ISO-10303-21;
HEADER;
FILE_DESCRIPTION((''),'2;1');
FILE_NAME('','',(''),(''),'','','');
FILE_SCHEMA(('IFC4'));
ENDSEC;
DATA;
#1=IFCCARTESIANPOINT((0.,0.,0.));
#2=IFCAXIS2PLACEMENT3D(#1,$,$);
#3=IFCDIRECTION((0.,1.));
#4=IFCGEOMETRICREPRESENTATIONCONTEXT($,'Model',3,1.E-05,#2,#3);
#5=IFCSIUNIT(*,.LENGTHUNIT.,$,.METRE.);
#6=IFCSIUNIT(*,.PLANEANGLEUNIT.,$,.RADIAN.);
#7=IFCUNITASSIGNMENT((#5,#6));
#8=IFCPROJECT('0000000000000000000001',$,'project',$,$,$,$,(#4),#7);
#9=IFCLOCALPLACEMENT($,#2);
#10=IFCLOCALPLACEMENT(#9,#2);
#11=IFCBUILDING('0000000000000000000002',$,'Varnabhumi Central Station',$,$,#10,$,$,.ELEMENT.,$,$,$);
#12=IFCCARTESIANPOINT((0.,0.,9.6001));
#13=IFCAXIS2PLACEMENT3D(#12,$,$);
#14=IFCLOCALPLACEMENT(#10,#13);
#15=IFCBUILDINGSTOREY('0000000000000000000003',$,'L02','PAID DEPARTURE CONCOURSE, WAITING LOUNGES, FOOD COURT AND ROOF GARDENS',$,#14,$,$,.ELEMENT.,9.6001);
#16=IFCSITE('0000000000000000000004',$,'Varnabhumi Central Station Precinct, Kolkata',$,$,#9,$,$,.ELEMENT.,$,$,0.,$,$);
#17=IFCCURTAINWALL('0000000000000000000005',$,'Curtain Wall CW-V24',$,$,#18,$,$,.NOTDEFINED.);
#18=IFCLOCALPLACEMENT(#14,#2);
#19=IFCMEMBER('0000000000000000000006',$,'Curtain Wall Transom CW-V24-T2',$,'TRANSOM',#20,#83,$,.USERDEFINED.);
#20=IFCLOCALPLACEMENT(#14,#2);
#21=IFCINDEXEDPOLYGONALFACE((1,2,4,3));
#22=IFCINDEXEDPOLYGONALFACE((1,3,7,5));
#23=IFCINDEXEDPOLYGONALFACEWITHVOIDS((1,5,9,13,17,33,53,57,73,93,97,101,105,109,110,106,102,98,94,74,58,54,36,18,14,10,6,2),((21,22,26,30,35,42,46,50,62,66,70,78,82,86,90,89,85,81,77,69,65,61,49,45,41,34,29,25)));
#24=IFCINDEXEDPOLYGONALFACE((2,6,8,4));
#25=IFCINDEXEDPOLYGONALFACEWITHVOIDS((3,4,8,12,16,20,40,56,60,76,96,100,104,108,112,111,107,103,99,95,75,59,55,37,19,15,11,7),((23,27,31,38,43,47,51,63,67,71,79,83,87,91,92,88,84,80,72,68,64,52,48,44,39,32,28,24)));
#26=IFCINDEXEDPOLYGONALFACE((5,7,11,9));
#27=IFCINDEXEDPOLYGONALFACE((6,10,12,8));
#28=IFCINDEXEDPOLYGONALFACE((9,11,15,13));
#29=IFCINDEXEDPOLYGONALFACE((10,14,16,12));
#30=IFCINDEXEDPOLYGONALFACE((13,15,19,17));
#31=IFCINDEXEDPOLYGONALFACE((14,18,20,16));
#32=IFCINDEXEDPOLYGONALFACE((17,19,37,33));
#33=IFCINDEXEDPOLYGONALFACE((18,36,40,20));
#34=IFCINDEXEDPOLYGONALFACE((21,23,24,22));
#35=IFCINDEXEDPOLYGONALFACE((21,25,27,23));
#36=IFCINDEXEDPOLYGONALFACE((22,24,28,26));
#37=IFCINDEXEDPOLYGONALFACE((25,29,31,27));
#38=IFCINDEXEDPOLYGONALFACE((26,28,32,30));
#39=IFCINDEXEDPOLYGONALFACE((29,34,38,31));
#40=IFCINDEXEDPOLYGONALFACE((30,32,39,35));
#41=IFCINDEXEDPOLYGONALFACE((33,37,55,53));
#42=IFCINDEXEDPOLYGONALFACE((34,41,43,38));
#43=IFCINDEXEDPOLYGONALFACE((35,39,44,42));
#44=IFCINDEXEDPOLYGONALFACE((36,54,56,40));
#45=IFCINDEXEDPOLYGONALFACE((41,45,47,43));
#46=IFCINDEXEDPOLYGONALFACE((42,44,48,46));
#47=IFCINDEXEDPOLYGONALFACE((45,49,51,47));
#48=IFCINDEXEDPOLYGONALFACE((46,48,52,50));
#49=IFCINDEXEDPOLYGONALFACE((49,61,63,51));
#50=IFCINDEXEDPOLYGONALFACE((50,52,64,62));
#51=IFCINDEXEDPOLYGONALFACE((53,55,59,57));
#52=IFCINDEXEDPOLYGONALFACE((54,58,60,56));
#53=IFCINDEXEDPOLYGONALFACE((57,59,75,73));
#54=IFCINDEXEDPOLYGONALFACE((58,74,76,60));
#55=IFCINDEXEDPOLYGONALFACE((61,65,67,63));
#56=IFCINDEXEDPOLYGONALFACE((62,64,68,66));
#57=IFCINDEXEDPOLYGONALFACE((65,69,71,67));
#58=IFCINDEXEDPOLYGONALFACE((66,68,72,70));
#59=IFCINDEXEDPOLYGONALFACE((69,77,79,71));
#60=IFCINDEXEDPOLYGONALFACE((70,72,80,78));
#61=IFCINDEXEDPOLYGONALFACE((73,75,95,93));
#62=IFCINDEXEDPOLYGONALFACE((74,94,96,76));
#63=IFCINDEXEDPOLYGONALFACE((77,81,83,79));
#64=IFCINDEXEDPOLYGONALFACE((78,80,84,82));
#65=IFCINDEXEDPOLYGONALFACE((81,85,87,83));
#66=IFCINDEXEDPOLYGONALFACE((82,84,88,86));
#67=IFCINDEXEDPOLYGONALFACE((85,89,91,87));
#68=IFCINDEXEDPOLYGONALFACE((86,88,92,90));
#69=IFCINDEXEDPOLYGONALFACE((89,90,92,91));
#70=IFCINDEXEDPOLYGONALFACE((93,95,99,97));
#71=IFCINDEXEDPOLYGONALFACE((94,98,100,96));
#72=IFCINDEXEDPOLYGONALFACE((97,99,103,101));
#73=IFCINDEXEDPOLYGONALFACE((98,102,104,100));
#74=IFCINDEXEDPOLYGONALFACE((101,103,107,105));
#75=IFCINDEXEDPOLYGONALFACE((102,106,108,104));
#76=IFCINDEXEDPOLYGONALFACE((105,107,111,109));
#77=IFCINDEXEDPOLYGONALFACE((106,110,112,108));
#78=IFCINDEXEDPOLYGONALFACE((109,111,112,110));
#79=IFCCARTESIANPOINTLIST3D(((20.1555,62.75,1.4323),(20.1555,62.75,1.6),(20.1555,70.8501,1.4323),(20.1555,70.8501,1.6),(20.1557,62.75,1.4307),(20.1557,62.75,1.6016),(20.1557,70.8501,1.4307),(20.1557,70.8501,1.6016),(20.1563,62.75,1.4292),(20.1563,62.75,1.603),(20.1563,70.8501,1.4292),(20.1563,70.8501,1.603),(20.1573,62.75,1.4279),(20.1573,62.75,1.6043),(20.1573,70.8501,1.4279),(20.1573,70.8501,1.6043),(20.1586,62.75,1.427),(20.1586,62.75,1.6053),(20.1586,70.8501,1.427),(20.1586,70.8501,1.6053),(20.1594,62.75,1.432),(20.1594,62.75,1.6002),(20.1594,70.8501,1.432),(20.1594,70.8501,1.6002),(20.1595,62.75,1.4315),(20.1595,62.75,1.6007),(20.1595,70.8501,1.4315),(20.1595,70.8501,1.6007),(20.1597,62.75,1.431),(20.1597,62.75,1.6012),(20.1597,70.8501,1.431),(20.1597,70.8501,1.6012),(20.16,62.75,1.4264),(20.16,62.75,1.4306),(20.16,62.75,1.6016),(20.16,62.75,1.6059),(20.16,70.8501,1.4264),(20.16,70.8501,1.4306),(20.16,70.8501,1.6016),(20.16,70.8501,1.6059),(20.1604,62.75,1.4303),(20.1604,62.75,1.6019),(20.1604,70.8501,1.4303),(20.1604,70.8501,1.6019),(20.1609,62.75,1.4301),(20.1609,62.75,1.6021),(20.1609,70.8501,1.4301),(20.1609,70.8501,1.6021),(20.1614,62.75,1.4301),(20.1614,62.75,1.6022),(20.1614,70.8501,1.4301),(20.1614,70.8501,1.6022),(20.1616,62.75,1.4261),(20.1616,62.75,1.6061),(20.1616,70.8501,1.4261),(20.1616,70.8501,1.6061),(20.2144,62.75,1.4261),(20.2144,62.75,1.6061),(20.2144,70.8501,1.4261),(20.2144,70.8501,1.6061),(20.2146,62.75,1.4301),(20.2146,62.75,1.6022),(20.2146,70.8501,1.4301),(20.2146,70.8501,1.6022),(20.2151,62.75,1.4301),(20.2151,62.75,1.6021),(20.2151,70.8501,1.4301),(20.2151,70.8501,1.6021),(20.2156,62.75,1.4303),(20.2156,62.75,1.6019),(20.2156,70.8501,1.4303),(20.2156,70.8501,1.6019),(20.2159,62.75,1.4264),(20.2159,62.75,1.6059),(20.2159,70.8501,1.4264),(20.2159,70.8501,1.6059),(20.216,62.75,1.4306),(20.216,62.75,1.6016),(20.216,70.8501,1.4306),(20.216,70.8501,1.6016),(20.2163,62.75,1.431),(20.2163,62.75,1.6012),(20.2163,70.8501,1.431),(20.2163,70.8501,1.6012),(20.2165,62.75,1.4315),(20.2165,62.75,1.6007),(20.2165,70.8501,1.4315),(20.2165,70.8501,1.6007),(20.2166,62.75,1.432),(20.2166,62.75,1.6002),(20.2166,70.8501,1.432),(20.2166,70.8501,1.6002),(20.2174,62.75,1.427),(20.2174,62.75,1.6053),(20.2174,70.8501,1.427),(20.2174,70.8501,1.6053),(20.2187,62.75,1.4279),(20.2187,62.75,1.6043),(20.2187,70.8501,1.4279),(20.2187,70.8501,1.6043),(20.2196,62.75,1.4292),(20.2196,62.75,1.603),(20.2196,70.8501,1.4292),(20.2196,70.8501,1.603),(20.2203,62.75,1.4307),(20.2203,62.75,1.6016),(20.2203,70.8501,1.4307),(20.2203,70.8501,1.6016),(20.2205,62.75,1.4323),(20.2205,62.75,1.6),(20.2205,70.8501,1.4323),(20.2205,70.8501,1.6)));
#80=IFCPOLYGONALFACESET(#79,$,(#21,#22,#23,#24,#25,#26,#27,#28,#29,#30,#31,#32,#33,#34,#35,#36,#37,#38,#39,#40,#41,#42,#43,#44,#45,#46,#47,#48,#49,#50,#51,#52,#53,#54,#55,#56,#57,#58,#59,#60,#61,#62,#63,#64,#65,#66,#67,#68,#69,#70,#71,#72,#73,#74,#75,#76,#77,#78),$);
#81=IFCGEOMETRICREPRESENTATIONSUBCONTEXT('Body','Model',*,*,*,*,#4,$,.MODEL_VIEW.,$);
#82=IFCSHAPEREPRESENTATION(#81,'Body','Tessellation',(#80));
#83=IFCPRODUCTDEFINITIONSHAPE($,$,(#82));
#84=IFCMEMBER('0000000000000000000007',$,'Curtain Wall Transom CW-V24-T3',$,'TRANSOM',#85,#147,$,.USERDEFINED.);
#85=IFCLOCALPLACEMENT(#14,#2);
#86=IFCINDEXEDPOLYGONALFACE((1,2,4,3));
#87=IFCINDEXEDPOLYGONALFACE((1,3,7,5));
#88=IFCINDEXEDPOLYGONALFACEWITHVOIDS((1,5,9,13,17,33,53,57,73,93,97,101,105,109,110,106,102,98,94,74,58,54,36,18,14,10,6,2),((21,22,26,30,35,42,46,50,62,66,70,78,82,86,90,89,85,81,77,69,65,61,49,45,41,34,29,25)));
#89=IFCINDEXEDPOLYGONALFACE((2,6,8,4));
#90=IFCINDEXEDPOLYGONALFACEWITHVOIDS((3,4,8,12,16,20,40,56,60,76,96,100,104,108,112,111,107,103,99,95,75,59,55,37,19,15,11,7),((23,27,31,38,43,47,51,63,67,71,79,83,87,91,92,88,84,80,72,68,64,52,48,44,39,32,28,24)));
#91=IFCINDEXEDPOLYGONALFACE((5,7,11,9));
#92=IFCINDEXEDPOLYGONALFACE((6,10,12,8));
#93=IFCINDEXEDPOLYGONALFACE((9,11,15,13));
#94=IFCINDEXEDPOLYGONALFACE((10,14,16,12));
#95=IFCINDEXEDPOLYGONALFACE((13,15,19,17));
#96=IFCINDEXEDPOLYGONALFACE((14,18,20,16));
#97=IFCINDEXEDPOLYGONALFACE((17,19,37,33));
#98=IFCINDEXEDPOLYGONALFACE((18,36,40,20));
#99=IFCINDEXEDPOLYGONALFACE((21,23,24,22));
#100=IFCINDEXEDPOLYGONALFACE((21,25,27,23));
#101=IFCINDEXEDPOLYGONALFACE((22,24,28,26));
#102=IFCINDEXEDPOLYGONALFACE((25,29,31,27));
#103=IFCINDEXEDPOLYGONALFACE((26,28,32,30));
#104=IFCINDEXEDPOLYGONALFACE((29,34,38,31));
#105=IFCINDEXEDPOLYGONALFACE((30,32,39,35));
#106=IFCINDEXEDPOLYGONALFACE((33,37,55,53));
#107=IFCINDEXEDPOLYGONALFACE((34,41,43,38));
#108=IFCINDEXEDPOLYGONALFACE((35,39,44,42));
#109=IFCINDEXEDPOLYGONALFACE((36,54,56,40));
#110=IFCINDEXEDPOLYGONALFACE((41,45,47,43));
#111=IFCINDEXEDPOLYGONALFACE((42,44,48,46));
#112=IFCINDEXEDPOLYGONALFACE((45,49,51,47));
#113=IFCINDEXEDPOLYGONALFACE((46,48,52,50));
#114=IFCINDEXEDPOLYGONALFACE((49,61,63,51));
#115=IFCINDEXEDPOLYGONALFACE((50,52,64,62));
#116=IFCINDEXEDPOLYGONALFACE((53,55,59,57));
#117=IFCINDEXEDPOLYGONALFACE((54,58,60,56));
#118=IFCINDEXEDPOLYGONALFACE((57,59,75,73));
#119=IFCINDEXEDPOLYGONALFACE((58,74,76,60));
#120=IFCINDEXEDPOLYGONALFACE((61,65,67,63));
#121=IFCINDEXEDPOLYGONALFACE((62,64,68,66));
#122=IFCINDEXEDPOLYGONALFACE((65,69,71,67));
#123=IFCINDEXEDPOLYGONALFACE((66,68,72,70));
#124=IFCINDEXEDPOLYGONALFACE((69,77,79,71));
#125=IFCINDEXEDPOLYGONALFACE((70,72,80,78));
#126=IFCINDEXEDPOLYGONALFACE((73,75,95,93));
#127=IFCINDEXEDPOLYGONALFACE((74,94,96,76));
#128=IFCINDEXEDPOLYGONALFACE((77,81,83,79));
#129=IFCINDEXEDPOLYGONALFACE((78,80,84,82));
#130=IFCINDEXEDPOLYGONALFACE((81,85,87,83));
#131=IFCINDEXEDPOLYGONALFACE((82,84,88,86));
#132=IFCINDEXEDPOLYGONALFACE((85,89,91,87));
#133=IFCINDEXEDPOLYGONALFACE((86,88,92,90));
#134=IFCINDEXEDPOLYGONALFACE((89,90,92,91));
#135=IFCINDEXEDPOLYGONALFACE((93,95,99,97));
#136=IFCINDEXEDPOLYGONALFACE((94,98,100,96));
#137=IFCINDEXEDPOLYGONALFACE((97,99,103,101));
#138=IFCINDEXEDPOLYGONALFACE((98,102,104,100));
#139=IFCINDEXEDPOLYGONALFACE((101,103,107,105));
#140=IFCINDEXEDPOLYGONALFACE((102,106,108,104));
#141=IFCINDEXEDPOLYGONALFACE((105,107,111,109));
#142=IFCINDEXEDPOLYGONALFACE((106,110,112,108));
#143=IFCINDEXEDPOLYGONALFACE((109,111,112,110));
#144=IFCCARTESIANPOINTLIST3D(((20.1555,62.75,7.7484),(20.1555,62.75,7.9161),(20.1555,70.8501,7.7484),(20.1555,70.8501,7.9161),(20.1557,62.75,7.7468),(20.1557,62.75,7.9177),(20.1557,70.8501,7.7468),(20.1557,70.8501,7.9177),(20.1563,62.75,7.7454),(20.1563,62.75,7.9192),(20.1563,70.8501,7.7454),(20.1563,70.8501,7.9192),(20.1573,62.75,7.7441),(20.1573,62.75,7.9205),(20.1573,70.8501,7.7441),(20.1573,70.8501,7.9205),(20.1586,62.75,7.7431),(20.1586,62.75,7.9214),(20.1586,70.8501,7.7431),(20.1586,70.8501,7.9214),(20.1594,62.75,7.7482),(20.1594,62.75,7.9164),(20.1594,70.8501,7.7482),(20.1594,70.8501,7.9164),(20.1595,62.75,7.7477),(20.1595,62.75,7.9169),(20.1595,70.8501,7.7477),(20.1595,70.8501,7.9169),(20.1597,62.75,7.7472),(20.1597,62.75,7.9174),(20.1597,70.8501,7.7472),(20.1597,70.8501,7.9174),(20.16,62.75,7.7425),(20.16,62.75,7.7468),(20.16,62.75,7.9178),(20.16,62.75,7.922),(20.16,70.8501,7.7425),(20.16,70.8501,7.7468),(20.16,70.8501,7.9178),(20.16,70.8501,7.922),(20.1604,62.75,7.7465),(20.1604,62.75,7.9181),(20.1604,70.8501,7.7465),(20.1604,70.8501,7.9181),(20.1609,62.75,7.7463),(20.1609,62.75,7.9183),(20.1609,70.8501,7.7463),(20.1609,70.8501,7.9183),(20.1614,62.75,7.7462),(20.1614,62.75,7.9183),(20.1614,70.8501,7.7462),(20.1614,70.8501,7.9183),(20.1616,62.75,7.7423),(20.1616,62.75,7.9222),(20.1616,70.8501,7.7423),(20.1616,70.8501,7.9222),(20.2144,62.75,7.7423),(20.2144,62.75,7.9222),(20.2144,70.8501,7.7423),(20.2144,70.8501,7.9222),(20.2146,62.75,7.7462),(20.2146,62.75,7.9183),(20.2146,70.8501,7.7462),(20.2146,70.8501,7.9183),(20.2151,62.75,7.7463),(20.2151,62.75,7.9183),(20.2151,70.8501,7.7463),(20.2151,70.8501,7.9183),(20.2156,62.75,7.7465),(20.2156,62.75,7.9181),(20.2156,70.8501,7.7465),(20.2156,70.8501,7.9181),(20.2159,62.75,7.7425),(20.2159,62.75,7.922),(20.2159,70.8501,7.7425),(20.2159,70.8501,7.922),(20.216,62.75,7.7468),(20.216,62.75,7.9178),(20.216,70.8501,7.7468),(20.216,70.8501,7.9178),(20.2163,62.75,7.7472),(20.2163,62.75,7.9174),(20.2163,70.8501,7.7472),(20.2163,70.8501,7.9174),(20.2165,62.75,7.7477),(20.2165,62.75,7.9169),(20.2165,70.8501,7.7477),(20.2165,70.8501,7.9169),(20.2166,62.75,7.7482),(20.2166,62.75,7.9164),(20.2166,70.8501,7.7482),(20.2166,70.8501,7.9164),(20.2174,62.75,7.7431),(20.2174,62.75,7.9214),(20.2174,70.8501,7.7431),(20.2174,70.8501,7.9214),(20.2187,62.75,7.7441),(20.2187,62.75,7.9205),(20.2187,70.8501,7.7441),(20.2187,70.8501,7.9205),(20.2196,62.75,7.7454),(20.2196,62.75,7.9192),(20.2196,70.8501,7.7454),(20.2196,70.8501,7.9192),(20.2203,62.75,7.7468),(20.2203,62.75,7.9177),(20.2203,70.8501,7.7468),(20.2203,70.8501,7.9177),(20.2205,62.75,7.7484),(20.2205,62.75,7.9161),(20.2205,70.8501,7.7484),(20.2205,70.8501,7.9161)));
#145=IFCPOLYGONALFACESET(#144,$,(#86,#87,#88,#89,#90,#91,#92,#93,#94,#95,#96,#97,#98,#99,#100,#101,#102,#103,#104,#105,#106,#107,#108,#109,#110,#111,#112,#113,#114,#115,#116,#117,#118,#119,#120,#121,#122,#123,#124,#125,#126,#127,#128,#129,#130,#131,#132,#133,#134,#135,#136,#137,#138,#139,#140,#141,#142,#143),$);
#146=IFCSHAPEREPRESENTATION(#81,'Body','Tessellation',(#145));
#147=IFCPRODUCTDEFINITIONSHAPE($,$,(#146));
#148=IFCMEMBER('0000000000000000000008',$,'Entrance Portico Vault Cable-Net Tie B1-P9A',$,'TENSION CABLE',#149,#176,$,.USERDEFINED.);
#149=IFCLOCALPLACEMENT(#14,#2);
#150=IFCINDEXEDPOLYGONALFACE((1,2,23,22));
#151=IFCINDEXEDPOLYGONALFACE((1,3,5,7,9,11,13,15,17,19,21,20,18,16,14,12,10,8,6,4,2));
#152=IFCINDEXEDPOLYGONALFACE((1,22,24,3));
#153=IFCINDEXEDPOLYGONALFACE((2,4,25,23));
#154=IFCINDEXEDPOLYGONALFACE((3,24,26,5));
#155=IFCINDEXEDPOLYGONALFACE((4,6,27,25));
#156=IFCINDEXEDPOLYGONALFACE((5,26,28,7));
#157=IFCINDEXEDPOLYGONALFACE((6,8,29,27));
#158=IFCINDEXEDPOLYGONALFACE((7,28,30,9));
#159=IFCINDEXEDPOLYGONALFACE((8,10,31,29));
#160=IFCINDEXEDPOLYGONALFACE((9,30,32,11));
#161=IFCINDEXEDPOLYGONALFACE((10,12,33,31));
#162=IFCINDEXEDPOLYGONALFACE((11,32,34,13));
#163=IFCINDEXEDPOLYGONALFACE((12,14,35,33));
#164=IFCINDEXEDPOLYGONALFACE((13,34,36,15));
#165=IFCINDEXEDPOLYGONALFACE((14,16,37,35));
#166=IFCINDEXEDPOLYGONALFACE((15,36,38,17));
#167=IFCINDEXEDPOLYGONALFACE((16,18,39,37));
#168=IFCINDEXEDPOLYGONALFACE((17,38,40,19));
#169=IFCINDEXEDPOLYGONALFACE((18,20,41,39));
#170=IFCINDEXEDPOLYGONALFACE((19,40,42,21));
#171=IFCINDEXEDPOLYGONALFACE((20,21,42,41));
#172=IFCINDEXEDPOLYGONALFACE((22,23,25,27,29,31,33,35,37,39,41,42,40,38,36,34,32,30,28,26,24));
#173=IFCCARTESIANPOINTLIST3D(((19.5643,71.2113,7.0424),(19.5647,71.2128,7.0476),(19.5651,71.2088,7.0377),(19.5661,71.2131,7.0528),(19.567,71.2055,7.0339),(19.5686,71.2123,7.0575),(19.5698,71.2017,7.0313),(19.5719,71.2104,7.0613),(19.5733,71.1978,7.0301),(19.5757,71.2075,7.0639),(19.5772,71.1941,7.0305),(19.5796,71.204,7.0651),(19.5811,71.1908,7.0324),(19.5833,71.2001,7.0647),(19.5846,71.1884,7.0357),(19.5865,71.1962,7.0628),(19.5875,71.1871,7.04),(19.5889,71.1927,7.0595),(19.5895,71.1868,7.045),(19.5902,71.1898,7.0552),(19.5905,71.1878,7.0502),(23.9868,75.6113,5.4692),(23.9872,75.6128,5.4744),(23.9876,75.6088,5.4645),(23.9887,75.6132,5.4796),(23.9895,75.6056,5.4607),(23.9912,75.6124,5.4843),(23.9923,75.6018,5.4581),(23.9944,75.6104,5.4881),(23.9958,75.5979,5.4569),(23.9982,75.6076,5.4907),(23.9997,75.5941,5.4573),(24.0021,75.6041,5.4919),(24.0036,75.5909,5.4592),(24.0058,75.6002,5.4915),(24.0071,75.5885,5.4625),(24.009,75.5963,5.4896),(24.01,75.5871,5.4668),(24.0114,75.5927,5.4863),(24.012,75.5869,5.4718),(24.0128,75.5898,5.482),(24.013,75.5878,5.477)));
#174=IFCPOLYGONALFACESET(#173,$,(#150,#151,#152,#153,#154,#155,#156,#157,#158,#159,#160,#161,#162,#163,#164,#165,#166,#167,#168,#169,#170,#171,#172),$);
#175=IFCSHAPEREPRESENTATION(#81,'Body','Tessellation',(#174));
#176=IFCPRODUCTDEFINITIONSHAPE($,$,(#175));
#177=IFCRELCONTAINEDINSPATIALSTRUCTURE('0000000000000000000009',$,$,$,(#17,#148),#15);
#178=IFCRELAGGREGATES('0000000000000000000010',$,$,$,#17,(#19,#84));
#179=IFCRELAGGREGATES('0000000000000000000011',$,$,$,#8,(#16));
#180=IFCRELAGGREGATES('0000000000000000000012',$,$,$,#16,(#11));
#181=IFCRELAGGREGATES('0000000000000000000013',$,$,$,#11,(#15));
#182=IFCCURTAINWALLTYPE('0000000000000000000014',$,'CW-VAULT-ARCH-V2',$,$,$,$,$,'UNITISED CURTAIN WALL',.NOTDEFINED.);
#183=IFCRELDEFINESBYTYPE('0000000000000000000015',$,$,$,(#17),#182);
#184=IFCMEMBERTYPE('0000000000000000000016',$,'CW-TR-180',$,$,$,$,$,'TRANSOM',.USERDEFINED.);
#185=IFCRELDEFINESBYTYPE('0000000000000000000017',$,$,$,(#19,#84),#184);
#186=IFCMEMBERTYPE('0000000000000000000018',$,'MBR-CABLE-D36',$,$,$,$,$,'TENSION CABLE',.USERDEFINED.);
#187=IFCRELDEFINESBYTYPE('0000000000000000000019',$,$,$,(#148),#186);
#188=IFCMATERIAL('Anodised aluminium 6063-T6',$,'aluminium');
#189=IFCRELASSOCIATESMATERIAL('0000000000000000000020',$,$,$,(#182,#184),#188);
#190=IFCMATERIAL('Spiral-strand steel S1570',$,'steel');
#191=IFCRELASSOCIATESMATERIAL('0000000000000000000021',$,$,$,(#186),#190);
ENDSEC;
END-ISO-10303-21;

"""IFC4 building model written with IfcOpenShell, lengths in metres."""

from ifc_helpers import new_model, si_unit, direction, frame, origin, origin_2d, place, context, subcontext, project, spatial, hollow_rectangle, circle, extrude, material, material_profile, profile_set, type_object, element, aggregate, save


model = new_model("IFC4")

# Units and contexts
model_context = context("Model", 3, precision=1e-05, world=origin(), true_north=direction((0.0, 1.0)))
body_context = subcontext(model_context, "Body", "Model", "MODEL_VIEW")
ifc_project = project(units=[si_unit("LENGTHUNIT", "METRE"), si_unit("PLANEANGLEUNIT", "RADIAN")], contexts=[model_context])

# Site, building, storey
site_placement = place(None, origin())
site = spatial("IfcSite", under=ifc_project, at=site_placement, Name="Varnabhumi Central Station Precinct, Kolkata", CompositionType="ELEMENT", RefElevation=0.0)
building_placement = place(site_placement, origin())
building = spatial("IfcBuilding", under=site, at=building_placement, Name="Varnabhumi Central Station", CompositionType="ELEMENT")
storey_placement = place(building_placement, frame((0.0, 0.0, 9.6001)))
storey = spatial("IfcBuildingStorey", under=building, at=storey_placement, Name="L02", Description="PAID DEPARTURE CONCOURSE, WAITING LOUNGES, FOOD COURT AND ROOF GARDENS", CompositionType="ELEMENT", Elevation=9.6001)

# Curtain wall
ifc_material_1 = material(Name="Anodised aluminium 6063-T6", Category="aluminium")
curtain_wall_type = type_object("IfcCurtainWallType", Name="CW-VAULT-ARCH-V2", ElementType="UNITISED CURTAIN WALL", PredefinedType="NOTDEFINED", material=ifc_material_1)
curtain_wall_1_placement = place(storey_placement, origin())
curtain_wall_1 = element("IfcCurtainWall", 1, at=curtain_wall_1_placement, inside=storey, type_object=curtain_wall_type, Name="Curtain Wall CW-V24", PredefinedType="NOTDEFINED")

# Members
ifc_material_profile_1 = material_profile(ifc_material_1, hollow_rectangle(XDim=0.0649, YDim=0.1799, WallThickness=0.0039, InnerFilletRadius=0.002, OuterFilletRadius=0.0061, at=origin_2d()), Name="Anodised aluminium 6063-T6", Category="aluminium")
ifc_profile_set_1 = profile_set([ifc_material_profile_1], Name="Anodised aluminium 6063-T6")
member_type_1 = type_object("IfcMemberType", Name="CW-TR-180", ElementType="TRANSOM", PredefinedType="USERDEFINED", material=ifc_profile_set_1)
member_1_placement = place(storey_placement, frame((20.188, 62.75, 1.5161), z_axis=(0.0, 1.0, 0.0), x_axis=(-1.0, 0.0, 0.0)))
member_1 = element("IfcMember", 2, at=member_1_placement, type_object=member_type_1, Name="Curtain Wall Transom CW-V24-T2", ObjectType="TRANSOM", PredefinedType="USERDEFINED", context=body_context, shape_type="SweptSolid", body=[
    extrude(hollow_rectangle(XDim=0.0649, YDim=0.1799, WallThickness=0.0039, InnerFilletRadius=0.002, OuterFilletRadius=0.0061, at=origin_2d()), origin(), (0.0, 0.0, 1.0), 8.1001),
])
member_2_placement = place(storey_placement, frame((20.188, 62.75, 7.8323), z_axis=(0.0, 1.0, 0.0), x_axis=(-1.0, 0.0, 0.0)))
member_2 = element("IfcMember", 3, at=member_2_placement, type_object=member_type_1, Name="Curtain Wall Transom CW-V24-T3", ObjectType="TRANSOM", PredefinedType="USERDEFINED", context=body_context, shape_type="SweptSolid", body=[
    extrude(hollow_rectangle(XDim=0.0649, YDim=0.1799, WallThickness=0.0039, InnerFilletRadius=0.002, OuterFilletRadius=0.0061, at=origin_2d()), origin(), (0.0, 0.0, 1.0), 8.1001),
])

# Member
ifc_material_2 = material(Name="Spiral-strand steel S1570", Category="steel")
ifc_material_profile_2 = material_profile(ifc_material_2, circle(Radius=0.0181, at=origin_2d()), Name="Spiral-strand steel S1570", Category="steel")
ifc_profile_set_2 = profile_set([ifc_material_profile_2], Name="Spiral-strand steel S1570")
member_type_2 = type_object("IfcMemberType", Name="MBR-CABLE-D36", ElementType="TENSION CABLE", PredefinedType="USERDEFINED", material=ifc_profile_set_2)
member_3_placement = place(storey_placement, frame((19.5774, 71.2, 7.0476), z_axis=(0.687385, 0.683894, -0.244522), x_axis=(-0.705304, 0.708905, 0.0)))
element("IfcMember", 4, at=member_3_placement, inside=storey, type_object=member_type_2, Name="Entrance Portico Vault Cable-Net Tie B1-P9A", ObjectType="TENSION CABLE", PredefinedType="USERDEFINED", context=body_context, shape_type="SweptSolid", body=[
    extrude(circle(Radius=0.0181, at=origin_2d()), origin(), (0.0, 0.0, 1.0), 6.4338),
])

aggregate(curtain_wall_1, [member_1, member_2])

save(model, "model.ifc")
